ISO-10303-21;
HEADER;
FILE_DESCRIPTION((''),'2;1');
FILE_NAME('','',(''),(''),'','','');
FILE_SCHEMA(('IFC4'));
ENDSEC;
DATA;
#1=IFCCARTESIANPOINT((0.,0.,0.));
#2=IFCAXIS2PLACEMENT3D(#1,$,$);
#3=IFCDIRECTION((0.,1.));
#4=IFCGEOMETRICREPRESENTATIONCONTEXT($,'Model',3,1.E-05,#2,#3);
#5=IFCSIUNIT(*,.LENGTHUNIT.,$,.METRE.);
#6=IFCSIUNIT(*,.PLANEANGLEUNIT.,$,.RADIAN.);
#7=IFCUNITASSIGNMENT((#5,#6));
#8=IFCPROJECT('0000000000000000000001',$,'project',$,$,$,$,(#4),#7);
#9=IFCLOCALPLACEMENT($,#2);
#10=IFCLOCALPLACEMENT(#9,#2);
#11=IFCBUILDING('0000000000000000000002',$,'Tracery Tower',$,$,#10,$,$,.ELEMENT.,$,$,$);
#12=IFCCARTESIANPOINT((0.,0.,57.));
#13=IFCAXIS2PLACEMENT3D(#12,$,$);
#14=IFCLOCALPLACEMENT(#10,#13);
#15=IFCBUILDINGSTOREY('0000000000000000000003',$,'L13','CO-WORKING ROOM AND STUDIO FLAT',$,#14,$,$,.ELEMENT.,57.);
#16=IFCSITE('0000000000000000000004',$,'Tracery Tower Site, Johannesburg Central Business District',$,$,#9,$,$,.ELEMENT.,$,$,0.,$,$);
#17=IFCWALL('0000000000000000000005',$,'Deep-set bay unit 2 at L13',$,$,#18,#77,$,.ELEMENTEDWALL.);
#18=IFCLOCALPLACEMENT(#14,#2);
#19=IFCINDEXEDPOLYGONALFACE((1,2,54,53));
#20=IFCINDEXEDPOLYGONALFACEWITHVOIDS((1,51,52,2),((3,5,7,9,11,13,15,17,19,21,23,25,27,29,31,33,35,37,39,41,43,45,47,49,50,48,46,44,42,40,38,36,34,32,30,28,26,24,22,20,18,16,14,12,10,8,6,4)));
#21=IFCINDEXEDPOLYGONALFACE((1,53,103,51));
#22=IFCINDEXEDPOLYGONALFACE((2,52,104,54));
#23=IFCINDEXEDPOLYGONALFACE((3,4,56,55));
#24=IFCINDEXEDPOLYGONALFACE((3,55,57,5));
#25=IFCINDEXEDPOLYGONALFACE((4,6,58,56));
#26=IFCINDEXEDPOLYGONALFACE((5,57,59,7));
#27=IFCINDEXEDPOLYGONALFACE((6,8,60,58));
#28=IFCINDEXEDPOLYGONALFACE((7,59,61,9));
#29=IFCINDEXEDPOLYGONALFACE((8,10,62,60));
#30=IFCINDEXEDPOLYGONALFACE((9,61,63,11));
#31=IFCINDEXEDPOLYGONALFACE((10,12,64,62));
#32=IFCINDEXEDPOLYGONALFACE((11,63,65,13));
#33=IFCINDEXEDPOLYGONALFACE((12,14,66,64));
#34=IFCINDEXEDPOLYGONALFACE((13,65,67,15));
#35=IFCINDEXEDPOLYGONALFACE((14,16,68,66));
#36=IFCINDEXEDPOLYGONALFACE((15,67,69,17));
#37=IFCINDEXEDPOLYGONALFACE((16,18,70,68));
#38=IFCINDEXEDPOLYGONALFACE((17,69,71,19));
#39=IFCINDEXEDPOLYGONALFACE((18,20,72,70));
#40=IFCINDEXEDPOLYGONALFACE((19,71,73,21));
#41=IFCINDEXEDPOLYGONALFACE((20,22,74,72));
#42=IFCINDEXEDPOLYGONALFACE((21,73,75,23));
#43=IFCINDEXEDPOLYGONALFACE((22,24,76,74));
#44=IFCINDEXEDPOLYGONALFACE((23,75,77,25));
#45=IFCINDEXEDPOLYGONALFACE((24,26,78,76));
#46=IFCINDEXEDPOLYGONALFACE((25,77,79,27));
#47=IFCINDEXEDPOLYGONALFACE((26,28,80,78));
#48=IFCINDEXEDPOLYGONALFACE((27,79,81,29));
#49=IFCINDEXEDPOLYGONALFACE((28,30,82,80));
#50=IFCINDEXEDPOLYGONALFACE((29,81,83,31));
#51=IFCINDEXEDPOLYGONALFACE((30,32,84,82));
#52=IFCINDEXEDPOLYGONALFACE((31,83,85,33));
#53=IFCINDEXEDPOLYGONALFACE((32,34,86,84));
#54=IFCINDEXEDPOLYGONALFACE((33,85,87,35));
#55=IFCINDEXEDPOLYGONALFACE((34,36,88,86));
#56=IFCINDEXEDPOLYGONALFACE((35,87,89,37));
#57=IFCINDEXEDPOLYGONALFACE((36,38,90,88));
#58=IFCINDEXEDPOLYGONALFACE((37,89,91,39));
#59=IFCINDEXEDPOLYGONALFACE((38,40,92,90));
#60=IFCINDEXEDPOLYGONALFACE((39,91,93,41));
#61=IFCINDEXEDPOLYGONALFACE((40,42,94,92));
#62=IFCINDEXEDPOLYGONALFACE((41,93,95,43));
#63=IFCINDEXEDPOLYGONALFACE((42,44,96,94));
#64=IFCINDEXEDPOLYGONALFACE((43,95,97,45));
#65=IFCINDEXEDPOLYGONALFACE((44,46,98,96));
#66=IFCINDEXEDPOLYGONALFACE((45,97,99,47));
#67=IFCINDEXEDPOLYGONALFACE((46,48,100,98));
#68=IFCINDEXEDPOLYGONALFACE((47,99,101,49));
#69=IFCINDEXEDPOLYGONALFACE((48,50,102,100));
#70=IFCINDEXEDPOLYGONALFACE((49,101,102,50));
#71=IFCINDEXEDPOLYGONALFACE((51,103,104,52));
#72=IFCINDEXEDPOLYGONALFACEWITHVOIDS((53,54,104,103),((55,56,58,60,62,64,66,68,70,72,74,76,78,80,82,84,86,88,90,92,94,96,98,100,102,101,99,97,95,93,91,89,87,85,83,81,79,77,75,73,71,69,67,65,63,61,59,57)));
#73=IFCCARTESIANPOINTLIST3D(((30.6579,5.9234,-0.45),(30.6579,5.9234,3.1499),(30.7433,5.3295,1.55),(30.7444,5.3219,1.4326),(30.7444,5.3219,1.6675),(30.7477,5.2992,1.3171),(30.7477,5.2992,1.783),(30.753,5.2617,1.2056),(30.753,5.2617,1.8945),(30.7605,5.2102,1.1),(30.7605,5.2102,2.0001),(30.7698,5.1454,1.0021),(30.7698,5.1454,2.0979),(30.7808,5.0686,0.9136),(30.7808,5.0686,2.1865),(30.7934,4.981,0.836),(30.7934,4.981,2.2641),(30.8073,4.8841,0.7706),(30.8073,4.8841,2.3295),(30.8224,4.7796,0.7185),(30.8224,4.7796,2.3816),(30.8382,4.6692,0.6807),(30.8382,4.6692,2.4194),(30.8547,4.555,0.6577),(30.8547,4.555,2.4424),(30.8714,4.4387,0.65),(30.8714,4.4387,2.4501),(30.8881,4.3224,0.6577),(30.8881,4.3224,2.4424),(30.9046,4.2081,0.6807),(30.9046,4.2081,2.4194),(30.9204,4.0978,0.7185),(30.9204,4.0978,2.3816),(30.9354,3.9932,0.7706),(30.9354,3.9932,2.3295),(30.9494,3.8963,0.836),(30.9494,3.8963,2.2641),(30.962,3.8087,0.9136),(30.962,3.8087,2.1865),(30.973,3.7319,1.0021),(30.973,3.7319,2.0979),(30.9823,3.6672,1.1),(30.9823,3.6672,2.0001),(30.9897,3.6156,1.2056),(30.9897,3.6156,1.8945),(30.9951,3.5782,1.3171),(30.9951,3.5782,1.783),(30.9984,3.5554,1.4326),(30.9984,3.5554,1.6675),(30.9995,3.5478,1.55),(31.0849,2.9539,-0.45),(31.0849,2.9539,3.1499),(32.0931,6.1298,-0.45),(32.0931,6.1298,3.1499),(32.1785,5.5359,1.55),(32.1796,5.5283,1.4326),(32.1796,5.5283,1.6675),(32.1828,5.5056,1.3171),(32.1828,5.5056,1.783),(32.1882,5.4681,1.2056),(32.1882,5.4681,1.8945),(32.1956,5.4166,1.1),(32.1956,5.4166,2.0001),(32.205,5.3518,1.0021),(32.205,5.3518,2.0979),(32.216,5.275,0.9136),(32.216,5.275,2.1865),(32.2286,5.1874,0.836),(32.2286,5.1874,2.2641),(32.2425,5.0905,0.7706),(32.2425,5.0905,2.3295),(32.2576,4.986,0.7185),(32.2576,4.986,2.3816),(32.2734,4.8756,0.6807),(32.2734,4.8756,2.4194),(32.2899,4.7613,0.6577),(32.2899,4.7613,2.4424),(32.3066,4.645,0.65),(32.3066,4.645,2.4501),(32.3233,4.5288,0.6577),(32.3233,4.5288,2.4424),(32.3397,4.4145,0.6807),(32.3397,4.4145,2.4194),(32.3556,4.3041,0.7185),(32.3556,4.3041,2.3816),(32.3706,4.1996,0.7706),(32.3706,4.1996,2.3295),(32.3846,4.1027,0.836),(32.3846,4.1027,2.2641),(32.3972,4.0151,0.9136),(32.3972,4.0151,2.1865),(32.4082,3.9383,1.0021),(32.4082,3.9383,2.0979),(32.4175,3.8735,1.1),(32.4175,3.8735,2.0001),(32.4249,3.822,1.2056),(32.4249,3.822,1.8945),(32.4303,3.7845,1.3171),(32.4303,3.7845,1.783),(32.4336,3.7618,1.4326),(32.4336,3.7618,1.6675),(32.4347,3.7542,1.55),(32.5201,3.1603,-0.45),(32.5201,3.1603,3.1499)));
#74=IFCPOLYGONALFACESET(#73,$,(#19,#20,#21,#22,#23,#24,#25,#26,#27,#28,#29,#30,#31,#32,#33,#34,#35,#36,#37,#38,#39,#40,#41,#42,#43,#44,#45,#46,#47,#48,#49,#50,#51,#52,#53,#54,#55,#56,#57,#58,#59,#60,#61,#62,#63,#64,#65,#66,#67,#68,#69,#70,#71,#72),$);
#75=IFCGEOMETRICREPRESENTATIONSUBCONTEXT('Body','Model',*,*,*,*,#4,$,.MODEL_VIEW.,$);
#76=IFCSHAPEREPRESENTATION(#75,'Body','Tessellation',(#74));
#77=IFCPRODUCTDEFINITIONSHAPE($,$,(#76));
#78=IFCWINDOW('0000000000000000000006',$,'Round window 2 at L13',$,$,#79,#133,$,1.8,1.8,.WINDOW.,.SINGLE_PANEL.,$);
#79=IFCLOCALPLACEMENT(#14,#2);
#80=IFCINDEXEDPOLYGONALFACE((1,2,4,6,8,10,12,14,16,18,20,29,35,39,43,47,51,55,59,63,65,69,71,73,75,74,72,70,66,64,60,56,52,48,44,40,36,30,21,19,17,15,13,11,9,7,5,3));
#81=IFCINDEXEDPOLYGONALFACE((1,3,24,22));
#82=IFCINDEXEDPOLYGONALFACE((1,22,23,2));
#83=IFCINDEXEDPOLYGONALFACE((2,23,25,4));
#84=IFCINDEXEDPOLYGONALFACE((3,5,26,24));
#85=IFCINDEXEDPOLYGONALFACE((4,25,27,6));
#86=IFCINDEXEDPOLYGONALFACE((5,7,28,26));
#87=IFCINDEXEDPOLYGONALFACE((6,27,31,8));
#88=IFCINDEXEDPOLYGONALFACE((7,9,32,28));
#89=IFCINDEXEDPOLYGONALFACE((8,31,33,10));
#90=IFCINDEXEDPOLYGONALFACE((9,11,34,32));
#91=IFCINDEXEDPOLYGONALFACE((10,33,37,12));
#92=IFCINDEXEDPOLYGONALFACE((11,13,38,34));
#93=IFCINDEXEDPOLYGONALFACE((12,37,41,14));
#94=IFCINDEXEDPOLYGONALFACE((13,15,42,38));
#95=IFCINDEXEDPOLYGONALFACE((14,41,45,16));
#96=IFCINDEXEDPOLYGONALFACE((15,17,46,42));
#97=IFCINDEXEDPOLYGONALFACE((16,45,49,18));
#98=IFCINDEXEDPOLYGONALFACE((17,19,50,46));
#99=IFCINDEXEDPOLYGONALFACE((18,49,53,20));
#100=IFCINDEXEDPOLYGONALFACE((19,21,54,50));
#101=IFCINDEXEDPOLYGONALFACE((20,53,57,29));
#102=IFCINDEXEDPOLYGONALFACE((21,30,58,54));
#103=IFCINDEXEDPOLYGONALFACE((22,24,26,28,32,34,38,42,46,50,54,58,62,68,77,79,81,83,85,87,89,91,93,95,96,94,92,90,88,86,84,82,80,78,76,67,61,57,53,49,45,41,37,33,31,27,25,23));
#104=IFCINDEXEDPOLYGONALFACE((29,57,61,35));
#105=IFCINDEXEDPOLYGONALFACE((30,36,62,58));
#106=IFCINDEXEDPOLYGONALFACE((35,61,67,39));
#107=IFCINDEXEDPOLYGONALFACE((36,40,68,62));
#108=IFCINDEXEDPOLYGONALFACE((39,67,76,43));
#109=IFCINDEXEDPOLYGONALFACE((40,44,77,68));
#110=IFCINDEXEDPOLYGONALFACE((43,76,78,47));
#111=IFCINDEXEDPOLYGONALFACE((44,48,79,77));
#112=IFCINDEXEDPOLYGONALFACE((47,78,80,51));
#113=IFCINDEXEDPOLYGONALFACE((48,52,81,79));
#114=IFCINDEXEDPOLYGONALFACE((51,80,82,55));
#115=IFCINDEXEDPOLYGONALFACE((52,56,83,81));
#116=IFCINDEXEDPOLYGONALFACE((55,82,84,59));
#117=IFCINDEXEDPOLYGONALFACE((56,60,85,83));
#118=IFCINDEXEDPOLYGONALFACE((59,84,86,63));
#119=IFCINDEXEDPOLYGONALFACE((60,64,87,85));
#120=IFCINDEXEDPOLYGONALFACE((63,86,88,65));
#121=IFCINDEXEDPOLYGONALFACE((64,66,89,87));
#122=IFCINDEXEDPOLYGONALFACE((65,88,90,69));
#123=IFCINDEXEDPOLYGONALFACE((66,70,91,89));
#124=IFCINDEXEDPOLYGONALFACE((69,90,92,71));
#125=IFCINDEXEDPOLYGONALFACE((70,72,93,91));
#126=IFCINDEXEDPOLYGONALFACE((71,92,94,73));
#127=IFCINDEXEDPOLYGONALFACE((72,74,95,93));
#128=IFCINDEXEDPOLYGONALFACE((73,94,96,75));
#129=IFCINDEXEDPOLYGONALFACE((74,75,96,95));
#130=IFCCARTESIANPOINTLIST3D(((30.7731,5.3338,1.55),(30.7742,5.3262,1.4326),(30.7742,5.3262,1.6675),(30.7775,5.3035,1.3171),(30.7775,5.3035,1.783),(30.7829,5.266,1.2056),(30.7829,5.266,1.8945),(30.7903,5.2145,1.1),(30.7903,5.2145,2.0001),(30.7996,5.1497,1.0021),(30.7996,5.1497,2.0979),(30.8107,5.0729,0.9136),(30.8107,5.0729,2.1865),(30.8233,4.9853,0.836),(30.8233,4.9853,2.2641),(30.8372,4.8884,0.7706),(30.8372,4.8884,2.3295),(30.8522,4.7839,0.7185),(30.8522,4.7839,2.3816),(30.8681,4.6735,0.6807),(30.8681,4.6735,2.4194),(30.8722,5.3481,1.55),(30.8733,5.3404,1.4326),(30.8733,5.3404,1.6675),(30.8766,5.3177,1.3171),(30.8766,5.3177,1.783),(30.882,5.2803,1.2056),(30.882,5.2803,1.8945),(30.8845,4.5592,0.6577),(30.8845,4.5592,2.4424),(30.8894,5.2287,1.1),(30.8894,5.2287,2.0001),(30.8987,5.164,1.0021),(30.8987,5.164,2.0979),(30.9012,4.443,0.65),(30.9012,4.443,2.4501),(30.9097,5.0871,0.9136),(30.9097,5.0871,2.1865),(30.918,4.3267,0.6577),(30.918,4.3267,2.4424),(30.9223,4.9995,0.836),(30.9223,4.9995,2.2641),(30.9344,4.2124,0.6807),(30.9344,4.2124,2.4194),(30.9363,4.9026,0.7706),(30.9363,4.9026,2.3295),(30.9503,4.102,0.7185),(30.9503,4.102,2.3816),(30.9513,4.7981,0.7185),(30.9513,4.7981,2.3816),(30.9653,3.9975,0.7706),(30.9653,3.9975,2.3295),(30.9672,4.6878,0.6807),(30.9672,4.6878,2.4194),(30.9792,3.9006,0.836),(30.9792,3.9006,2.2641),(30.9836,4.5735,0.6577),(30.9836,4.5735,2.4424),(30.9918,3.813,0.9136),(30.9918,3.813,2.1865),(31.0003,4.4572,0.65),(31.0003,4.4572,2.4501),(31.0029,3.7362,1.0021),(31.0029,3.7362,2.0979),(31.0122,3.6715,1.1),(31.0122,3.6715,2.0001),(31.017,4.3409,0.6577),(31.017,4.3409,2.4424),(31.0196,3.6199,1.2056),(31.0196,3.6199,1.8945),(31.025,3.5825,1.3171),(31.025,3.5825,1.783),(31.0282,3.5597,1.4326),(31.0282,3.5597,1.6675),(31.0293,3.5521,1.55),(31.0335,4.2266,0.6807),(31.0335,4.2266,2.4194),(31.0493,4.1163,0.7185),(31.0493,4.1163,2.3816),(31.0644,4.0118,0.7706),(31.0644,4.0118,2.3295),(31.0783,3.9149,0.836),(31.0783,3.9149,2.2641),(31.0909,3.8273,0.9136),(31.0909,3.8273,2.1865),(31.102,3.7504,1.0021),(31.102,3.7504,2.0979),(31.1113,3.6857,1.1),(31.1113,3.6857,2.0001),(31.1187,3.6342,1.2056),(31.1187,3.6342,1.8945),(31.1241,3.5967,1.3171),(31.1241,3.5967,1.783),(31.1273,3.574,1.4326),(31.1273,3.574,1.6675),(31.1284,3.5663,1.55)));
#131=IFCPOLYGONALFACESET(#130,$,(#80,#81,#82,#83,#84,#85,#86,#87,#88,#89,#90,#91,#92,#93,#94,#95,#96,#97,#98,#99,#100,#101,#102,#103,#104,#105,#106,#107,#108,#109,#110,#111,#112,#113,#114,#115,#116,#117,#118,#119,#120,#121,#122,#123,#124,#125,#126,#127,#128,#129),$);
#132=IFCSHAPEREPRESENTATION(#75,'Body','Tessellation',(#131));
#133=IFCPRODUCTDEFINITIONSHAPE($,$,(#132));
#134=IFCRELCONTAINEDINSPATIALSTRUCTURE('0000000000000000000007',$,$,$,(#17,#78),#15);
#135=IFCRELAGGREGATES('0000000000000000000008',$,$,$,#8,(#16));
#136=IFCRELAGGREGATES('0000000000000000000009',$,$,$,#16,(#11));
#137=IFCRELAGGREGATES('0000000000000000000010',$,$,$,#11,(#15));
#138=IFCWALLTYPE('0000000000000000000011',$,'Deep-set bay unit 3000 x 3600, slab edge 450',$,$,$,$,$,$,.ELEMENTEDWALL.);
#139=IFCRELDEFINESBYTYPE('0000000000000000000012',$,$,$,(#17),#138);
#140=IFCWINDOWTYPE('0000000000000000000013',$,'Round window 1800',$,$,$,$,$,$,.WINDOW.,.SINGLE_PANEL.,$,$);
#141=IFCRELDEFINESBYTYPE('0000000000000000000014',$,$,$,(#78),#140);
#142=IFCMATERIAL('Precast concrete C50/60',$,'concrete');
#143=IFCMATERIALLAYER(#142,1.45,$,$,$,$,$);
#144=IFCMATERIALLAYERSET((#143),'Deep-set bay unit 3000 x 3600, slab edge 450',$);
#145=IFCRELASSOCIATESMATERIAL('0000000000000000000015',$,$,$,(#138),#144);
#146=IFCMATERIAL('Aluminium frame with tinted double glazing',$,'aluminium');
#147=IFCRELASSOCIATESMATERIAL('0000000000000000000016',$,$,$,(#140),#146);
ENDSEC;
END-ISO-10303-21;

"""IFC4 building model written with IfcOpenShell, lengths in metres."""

from ifc_helpers import new_model, si_unit, direction, frame, frame_2d, origin, origin_2d, place, context, subcontext, project, spatial, rectangle, circle, extrude, material, layer, layer_set, type_object, element, fill, save


model = new_model("IFC4")

# Units and contexts
model_context = context("Model", 3, precision=1e-05, world=origin(), true_north=direction((0.0, 1.0)))
body_context = subcontext(model_context, "Body", "Model", "MODEL_VIEW")
ifc_project = project(units=[si_unit("LENGTHUNIT", "METRE"), si_unit("PLANEANGLEUNIT", "RADIAN")], contexts=[model_context])

# Site, building, storey
site_placement = place(None, origin())
site = spatial("IfcSite", under=ifc_project, at=site_placement, Name="Tracery Tower Site, Johannesburg Central Business District", CompositionType="ELEMENT", RefElevation=0.0)
building_placement = place(site_placement, origin())
building = spatial("IfcBuilding", under=site, at=building_placement, Name="Tracery Tower", CompositionType="ELEMENT")
storey_placement = place(building_placement, frame((0.0, 0.0, 57.0)))
storey = spatial("IfcBuildingStorey", under=building, at=storey_placement, Name="L13", Description="CO-WORKING ROOM AND STUDIO FLAT", CompositionType="ELEMENT", Elevation=57.0)

# Wall, opening, window
ifc_material_1 = material(Name="Precast concrete C50/60", Category="concrete")
ifc_layer_1 = layer(ifc_material_1, 1.45)
ifc_layer_set_1 = layer_set([ifc_layer_1], Name="Deep-set bay unit 3000 x 3600, slab edge 450")
wall_type_1 = type_object("IfcWallType", Name="Deep-set bay unit 3000 x 3600, slab edge 450", PredefinedType="ELEMENTEDWALL", material=ifc_layer_set_1)
wall_1_placement = place(storey_placement, frame((31.8025, 3.0571, -0.45), z_axis=(0.0, 0.0, 1.0), x_axis=(-0.142333, 0.989819, 0.0)))
wall_1 = element("IfcWall", 1, at=wall_1_placement, inside=storey, type_object=wall_type_1, Name="Deep-set bay unit 2 at L13", PredefinedType="ELEMENTEDWALL", context=body_context, shape_type="SweptSolid", body=[
    extrude(rectangle(XDim=3.0, YDim=1.45, at=frame_2d((1.5, 0.0))), origin(), (0.0, 0.0, 1.0), 3.5999),
])
opening_1_placement = place(wall_1_placement, frame((1.5, 0.0, 2.0)))
opening_1 = element("IfcOpeningElement", 2, at=opening_1_placement, cuts=wall_1, PredefinedType="OPENING", context=body_context, shape_type="SweptSolid", body=[
    extrude(circle(Radius=0.9, at=origin_2d()), frame((0.0, 0.7349, 0.0), z_axis=(0.0, -1.0, 0.0), x_axis=(1.0, 0.0, 0.0)), (0.0, 0.0, 1.0), 1.47),
])
ifc_material_2 = material(Name="Aluminium frame with tinted double glazing", Category="aluminium")
window_type = type_object("IfcWindowType", Name="Round window 1800", PartitioningType="SINGLE_PANEL", PredefinedType="WINDOW", material=ifc_material_2)
window_1_placement = place(opening_1_placement, origin())
window_1 = element("IfcWindow", 3, at=window_1_placement, inside=storey, type_object=window_type, Name="Round window 2 at L13", OverallHeight=1.8, OverallWidth=1.8, PartitioningType="SINGLE_PANEL", PredefinedType="WINDOW", context=body_context, shape_type="SweptSolid", body=[
    extrude(circle(Radius=0.9, at=origin_2d()), frame((0.0, 0.6948, 0.0), z_axis=(0.0, -1.0, 0.0), x_axis=(1.0, 0.0, 0.0)), (0.0, 0.0, 1.0), 0.1001),
])
fill(opening_1, window_1)

save(model, "model.ifc")
